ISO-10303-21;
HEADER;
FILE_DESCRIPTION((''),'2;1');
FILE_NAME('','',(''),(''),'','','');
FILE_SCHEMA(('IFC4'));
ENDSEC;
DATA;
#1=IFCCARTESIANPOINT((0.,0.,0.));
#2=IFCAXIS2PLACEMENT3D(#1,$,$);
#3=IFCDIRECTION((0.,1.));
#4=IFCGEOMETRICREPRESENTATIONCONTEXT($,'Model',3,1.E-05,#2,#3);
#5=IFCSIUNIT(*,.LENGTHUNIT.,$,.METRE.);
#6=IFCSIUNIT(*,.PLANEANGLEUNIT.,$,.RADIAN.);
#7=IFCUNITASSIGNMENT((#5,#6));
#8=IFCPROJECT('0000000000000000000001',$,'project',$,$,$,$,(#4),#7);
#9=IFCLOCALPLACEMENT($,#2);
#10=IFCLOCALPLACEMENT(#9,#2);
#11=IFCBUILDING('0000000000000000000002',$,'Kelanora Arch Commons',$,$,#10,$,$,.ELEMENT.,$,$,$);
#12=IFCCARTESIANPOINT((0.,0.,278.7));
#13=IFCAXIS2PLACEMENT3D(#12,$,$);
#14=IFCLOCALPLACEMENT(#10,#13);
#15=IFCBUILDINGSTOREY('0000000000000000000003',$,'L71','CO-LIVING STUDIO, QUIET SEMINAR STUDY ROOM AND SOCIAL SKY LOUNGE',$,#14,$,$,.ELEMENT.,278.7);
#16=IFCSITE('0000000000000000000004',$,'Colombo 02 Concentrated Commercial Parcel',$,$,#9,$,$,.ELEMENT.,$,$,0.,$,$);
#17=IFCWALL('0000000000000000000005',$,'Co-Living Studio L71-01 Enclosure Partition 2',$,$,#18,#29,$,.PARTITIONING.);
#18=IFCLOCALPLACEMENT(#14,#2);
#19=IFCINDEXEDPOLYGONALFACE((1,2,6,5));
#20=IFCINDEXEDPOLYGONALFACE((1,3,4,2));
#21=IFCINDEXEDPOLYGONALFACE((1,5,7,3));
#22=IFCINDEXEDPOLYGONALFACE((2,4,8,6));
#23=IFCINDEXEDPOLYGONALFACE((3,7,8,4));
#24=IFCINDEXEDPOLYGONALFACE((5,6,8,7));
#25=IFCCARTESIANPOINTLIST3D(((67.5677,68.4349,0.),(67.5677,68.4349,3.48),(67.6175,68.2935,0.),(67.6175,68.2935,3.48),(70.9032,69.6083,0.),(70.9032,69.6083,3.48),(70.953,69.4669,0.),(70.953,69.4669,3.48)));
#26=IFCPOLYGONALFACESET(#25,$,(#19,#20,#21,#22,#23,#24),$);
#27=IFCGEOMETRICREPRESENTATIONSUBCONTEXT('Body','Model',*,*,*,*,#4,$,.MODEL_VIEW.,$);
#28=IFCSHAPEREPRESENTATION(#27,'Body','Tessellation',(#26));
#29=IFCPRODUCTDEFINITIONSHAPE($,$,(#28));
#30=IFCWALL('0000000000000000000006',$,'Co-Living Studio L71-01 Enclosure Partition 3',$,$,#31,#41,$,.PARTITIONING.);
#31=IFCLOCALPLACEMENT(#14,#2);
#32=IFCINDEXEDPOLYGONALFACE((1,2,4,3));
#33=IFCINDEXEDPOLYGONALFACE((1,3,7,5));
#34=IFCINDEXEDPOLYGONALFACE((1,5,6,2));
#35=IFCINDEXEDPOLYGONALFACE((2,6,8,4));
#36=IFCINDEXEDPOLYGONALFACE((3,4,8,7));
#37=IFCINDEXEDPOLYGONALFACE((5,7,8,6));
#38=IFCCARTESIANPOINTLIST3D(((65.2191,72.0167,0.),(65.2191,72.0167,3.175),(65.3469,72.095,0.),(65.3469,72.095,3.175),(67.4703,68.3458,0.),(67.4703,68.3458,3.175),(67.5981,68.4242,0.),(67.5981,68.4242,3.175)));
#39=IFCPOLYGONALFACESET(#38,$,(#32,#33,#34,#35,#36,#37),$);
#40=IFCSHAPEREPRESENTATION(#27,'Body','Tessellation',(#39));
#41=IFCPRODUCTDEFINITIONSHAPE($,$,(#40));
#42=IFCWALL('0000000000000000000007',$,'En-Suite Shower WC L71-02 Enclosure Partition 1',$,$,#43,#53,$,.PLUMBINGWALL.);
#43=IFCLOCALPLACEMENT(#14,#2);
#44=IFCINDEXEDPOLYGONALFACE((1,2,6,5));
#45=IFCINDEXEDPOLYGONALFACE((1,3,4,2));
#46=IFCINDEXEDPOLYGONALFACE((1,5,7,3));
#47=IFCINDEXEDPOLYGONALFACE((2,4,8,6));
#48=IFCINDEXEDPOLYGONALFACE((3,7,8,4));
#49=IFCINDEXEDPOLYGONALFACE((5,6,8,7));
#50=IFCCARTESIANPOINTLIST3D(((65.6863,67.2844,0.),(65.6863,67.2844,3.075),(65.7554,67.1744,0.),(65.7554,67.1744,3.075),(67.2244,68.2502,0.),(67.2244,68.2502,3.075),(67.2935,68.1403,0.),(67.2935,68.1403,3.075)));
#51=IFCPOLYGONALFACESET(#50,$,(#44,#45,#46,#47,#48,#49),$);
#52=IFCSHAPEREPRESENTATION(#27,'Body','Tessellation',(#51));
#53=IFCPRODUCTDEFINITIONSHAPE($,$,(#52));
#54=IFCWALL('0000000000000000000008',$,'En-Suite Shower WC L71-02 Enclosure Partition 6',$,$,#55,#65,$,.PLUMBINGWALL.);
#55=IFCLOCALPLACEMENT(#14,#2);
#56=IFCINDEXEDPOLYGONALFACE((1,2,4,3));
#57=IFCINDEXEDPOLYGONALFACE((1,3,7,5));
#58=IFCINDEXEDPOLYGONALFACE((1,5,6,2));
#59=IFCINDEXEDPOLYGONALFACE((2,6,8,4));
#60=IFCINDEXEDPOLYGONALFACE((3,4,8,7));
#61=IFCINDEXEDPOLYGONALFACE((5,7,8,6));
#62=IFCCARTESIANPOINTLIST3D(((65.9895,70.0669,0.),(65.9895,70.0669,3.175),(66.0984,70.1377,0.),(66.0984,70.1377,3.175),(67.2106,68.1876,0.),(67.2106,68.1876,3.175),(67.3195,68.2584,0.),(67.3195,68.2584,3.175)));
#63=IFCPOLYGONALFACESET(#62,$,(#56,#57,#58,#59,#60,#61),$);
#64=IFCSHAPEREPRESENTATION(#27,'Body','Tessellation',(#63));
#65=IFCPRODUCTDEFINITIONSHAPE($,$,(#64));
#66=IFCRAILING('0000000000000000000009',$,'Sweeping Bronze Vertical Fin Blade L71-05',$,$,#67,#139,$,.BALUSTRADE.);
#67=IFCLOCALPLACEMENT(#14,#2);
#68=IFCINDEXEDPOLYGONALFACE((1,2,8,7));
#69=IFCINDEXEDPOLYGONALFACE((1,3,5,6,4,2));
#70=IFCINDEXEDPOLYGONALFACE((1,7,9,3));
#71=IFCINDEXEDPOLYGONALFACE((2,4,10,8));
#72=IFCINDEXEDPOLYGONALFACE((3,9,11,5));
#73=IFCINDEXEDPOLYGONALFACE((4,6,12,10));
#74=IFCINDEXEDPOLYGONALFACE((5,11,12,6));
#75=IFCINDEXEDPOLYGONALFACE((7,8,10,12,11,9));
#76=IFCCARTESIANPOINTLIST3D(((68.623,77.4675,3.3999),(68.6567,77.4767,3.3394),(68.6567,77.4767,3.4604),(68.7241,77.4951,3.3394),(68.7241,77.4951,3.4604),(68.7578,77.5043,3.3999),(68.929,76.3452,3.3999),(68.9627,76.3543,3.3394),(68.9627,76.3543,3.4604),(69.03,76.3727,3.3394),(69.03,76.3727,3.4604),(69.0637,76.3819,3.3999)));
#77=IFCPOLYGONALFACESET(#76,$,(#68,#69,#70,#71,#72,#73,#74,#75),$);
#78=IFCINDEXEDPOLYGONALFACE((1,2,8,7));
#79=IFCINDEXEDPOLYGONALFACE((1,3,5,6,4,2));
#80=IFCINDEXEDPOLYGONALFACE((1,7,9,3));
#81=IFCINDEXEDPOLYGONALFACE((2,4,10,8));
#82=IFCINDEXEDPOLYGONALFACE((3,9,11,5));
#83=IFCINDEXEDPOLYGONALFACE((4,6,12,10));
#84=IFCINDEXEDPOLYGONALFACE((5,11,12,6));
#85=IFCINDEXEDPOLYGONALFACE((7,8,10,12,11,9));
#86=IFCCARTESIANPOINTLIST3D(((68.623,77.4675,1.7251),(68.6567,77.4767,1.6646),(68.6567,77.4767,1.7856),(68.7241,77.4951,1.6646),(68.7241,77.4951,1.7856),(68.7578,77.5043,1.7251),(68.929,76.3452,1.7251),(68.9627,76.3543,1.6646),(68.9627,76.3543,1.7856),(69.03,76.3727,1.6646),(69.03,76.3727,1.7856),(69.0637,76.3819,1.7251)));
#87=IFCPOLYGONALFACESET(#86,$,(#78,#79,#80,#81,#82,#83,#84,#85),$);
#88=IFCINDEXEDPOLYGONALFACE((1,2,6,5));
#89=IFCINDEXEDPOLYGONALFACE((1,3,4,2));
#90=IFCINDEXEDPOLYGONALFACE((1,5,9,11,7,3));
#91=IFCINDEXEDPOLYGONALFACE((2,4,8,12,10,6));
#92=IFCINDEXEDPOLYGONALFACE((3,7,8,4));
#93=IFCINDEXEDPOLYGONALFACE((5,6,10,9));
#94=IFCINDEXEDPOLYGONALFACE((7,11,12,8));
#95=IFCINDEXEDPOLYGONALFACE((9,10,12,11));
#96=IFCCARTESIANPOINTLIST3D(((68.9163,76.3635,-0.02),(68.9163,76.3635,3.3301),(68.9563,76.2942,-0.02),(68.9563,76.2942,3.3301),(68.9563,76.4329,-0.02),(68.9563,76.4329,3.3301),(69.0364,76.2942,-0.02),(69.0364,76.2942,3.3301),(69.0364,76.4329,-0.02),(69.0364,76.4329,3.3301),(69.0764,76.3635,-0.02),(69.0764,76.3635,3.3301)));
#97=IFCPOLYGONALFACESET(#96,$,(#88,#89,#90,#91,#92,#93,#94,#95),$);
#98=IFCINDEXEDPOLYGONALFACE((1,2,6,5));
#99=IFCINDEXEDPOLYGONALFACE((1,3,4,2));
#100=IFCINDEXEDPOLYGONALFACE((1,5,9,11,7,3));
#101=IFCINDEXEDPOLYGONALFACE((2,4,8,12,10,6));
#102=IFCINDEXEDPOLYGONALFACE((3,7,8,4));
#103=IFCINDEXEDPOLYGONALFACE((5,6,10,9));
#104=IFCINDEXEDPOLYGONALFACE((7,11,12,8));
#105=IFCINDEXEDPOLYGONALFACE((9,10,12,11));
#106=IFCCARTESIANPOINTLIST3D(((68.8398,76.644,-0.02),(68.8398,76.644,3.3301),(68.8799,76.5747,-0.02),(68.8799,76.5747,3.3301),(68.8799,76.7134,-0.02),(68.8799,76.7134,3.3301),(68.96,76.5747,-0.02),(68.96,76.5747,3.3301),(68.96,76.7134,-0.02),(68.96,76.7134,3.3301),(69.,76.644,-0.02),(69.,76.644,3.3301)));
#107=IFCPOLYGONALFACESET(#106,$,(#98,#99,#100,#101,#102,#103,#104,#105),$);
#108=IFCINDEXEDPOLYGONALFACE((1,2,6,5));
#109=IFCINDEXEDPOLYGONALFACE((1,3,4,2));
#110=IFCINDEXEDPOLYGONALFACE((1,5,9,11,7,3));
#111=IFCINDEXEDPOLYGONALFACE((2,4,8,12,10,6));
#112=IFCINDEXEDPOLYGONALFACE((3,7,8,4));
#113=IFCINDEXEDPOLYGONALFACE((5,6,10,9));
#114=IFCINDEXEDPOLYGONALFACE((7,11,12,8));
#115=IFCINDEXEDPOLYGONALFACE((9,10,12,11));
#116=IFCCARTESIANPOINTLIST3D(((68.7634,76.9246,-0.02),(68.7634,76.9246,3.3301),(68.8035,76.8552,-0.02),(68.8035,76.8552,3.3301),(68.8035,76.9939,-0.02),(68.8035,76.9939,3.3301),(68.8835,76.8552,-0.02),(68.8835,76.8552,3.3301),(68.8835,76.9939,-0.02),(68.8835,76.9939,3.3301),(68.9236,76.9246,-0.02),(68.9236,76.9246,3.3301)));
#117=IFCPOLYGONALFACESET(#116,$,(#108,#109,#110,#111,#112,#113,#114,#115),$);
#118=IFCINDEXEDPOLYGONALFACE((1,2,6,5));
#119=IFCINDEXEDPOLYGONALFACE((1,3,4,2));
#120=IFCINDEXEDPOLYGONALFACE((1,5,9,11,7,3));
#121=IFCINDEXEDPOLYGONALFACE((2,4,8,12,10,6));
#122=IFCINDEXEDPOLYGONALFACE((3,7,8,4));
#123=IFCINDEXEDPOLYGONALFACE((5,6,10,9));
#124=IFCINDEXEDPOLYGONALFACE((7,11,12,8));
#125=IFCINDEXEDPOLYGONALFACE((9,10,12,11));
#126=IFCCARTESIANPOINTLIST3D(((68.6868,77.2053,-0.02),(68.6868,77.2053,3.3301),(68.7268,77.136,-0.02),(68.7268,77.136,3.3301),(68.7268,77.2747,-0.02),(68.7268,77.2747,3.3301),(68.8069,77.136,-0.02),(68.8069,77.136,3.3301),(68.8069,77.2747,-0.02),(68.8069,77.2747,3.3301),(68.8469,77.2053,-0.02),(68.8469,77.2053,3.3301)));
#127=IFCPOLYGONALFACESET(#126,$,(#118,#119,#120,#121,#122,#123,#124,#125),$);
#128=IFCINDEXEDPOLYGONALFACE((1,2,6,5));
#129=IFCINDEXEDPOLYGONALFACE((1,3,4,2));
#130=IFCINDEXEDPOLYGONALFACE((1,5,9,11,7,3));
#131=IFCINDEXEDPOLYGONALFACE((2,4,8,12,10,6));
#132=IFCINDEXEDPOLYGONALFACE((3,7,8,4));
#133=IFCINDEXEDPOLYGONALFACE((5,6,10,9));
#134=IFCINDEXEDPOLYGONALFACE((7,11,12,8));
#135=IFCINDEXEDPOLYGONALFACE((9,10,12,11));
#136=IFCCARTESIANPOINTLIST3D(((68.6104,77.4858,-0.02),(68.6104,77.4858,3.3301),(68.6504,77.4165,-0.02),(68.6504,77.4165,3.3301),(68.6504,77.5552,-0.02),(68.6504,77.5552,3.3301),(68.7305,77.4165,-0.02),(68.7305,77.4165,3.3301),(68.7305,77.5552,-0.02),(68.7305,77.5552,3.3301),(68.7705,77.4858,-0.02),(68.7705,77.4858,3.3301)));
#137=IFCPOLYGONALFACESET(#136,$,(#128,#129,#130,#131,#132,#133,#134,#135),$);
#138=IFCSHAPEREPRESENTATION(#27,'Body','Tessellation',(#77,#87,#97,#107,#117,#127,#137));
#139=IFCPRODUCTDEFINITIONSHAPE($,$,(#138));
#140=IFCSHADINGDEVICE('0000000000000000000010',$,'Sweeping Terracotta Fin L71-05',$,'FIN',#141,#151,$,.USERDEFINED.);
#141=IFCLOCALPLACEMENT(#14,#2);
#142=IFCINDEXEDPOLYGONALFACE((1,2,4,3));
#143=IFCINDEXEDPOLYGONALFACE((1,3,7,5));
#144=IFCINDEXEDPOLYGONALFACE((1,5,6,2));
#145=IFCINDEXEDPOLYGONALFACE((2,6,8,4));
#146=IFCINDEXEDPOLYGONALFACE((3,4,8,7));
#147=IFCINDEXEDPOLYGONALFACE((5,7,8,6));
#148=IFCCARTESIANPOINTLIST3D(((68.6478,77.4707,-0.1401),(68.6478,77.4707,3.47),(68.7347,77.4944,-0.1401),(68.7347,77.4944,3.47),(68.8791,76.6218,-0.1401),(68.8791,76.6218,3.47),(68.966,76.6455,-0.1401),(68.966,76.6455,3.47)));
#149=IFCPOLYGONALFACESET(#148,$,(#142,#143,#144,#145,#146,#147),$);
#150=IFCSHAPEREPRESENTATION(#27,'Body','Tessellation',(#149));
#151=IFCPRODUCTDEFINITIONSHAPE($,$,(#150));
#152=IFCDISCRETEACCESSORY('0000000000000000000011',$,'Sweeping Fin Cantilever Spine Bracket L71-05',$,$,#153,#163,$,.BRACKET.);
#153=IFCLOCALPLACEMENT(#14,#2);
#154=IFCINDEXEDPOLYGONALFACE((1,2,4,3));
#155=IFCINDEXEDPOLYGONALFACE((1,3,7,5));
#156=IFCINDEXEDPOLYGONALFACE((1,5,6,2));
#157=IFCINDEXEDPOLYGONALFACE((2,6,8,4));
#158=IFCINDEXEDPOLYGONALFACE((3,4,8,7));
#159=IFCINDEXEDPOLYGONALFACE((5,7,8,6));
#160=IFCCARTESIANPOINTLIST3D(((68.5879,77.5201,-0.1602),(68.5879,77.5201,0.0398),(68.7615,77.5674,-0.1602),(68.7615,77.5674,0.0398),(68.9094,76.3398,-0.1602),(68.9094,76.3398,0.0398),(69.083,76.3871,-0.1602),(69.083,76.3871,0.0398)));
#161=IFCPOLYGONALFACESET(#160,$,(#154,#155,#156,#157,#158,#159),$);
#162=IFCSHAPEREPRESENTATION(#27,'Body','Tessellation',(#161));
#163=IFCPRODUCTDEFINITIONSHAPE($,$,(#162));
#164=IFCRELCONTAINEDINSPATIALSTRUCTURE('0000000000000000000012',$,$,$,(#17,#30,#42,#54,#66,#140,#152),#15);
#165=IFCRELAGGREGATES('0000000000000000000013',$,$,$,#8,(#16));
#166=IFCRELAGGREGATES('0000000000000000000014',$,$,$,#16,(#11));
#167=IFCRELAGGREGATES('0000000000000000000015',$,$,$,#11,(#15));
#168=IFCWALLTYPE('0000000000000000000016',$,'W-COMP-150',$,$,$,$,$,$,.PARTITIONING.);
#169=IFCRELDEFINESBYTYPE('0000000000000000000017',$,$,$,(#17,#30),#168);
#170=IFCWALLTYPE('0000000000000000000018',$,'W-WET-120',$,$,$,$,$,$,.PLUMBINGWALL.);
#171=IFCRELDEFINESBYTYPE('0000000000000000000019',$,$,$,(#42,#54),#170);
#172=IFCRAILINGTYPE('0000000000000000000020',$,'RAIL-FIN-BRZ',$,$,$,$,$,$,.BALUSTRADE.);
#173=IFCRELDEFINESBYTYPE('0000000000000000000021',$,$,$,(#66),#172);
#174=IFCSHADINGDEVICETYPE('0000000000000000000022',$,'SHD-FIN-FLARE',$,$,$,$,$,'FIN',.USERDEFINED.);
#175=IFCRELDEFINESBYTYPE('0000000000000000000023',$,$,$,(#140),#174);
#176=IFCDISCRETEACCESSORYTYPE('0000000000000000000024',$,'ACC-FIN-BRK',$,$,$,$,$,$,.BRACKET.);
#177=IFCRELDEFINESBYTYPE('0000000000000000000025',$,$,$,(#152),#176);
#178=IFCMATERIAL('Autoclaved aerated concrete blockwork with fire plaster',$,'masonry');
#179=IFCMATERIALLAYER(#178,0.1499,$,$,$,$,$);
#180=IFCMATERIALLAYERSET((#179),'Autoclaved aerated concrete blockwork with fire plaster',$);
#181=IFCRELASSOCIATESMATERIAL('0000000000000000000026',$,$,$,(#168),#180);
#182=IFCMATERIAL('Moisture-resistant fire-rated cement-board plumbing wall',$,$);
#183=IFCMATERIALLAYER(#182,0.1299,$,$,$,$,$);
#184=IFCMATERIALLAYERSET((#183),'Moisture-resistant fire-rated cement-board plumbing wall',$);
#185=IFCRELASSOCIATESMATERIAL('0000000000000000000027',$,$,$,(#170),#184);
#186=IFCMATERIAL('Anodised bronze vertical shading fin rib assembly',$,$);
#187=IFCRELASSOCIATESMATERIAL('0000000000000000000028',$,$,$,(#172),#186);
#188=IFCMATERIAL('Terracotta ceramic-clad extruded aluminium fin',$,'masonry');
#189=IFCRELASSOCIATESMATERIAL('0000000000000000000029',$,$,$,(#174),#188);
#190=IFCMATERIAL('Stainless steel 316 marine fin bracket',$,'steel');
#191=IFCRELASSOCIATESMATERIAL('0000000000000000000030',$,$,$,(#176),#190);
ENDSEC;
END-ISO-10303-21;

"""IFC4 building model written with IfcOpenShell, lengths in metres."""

from ifc_helpers import new_model, si_unit, direction, frame, frame_2d, origin, origin_2d, place, context, subcontext, project, spatial, polyline, rectangle, outline, extrude, source, transform, mapped, material, layer, layer_set, type_object, element, save


model = new_model("IFC4")

# Units and contexts
model_context = context("Model", 3, precision=1e-05, world=origin(), true_north=direction((0.0, 1.0)))
body_context = subcontext(model_context, "Body", "Model", "MODEL_VIEW")
ifc_project = project(units=[si_unit("LENGTHUNIT", "METRE"), si_unit("PLANEANGLEUNIT", "RADIAN")], contexts=[model_context])

# Site, building, storey
site_placement = place(None, origin())
site = spatial("IfcSite", under=ifc_project, at=site_placement, Name="Colombo 02 Concentrated Commercial Parcel", CompositionType="ELEMENT", RefElevation=0.0)
building_placement = place(site_placement, origin())
building = spatial("IfcBuilding", under=site, at=building_placement, Name="Kelanora Arch Commons", CompositionType="ELEMENT")
storey_placement = place(building_placement, frame((0.0, 0.0, 278.7)))
storey = spatial("IfcBuildingStorey", under=building, at=storey_placement, Name="L71", Description="CO-LIVING STUDIO, QUIET SEMINAR STUDY ROOM AND SOCIAL SKY LOUNGE", CompositionType="ELEMENT", Elevation=278.7)

# Walls
ifc_material_1 = material(Name="Autoclaved aerated concrete blockwork with fire plaster", Category="masonry")
ifc_layer_1 = layer(ifc_material_1, 0.1499)
ifc_layer_set_1 = layer_set([ifc_layer_1], Name="Autoclaved aerated concrete blockwork with fire plaster")
wall_type_1 = type_object("IfcWallType", Name="W-COMP-150", PredefinedType="PARTITIONING", material=ifc_layer_set_1)
wall_1_placement = place(storey_placement, frame((70.9282, 69.5376, 0.0), z_axis=(0.0, 0.0, 1.0), x_axis=(-0.943334, -0.331845, 0.0)))
element("IfcWall", 1, at=wall_1_placement, inside=storey, type_object=wall_type_1, Name="Co-Living Studio L71-01 Enclosure Partition 2", PredefinedType="PARTITIONING", context=body_context, shape_type="SweptSolid", body=[
    extrude(rectangle(XDim=3.5359, YDim=0.1499, at=frame_2d((1.7681, 0.0))), origin(), (0.0, 0.0, 1.0), 3.48),
])
wall_2_placement = place(storey_placement, frame((67.5342, 68.385, 0.0), z_axis=(0.0, 0.0, 1.0), x_axis=(-0.522784, 0.852465, 0.0)))
element("IfcWall", 2, at=wall_2_placement, inside=storey, type_object=wall_type_1, Name="Co-Living Studio L71-01 Enclosure Partition 3", PredefinedType="PARTITIONING", context=body_context, shape_type="SweptSolid", body=[
    extrude(rectangle(XDim=4.3062, YDim=0.1499, at=frame_2d((2.1531, 0.0))), origin(), (0.0, 0.0, 1.0), 3.175),
])
ifc_material_2 = material(Name="Moisture-resistant fire-rated cement-board plumbing wall")
ifc_layer_2 = layer(ifc_material_2, 0.1299)
ifc_layer_set_2 = layer_set([ifc_layer_2], Name="Moisture-resistant fire-rated cement-board plumbing wall")
wall_type_2 = type_object("IfcWallType", Name="W-WET-120", PredefinedType="PLUMBINGWALL", material=ifc_layer_set_2)
wall_3_placement = place(storey_placement, frame((67.259, 68.1953, 0.0), z_axis=(0.0, 0.0, 1.0), x_axis=(-0.846879, -0.531786, 0.0)))
element("IfcWall", 3, at=wall_3_placement, inside=storey, type_object=wall_type_2, Name="En-Suite Shower WC L71-02 Enclosure Partition 1", PredefinedType="PLUMBINGWALL", context=body_context, shape_type="SweptSolid", body=[
    extrude(rectangle(XDim=1.8162, YDim=0.1299, at=frame_2d((0.9082, 0.0))), origin(), (0.0, 0.0, 1.0), 3.075),
])
wall_4_placement = place(storey_placement, frame((66.0439, 70.1023, 0.0), z_axis=(0.0, 0.0, 1.0), x_axis=(0.544858, -0.838528, 0.0)))
element("IfcWall", 4, at=wall_4_placement, inside=storey, type_object=wall_type_2, Name="En-Suite Shower WC L71-02 Enclosure Partition 6", PredefinedType="PLUMBINGWALL", context=body_context, shape_type="SweptSolid", body=[
    extrude(rectangle(XDim=2.2412, YDim=0.1299, at=frame_2d((1.1206, 0.0))), origin(), (0.0, 0.0, 1.0), 3.175),
])

# Railing
ifc_material_3 = material(Name="Anodised bronze vertical shading fin rib assembly")
railing_type = type_object("IfcRailingType", Name="RAIL-FIN-BRZ", PredefinedType="BALUSTRADE", material=ifc_material_3)
railing_placement = place(storey_placement, frame((68.9963, 76.3635, -0.02)))
element("IfcRailing", 5, at=railing_placement, inside=storey, type_object=railing_type, Name="Sweeping Bronze Vertical Fin Blade L71-05", PredefinedType="BALUSTRADE", context=body_context, shape_type="SweptSolid", body=[
    extrude(outline(polyline([(0.0698, 0.0), (0.0349, 0.0605), (-0.0349, 0.0605), (-0.0698, 0.0), (-0.0349, -0.0605), (0.0349, -0.0605), (0.0698, 0.0)])), frame((0.0, 0.0, 3.4199), z_axis=(-0.262975, 0.964803, 0.0), x_axis=(-0.964803, -0.262975, 0.0)), (0.0, 0.0, 1.0), 1.1633),
    extrude(outline(polyline([(0.0698, 0.0), (0.0349, 0.0605), (-0.0349, 0.0605), (-0.0698, 0.0), (-0.0349, -0.0605), (0.0349, -0.0605), (0.0698, 0.0)])), frame((0.0, 0.0, 1.7451), z_axis=(-0.262975, 0.964803, 0.0), x_axis=(-0.964803, -0.262975, 0.0)), (0.0, 0.0, 1.0), 1.1633),
    extrude(outline(polyline([(0.0801, 0.0), (0.04, 0.0693), (-0.04, 0.0693), (-0.0801, 0.0), (-0.04, -0.0693), (0.04, -0.0693), (0.0801, 0.0)])), origin(), (0.0, 0.0, 1.0), 3.3501),
    extrude(outline(polyline([(0.0801, 0.0), (0.04, 0.0693), (-0.04, 0.0693), (-0.0801, 0.0), (-0.04, -0.0693), (0.04, -0.0693), (0.0801, 0.0)])), frame((-0.0764, 0.2805, 0.0)), (0.0, 0.0, 1.0), 3.3501),
    extrude(outline(polyline([(0.0801, 0.0), (0.04, 0.0693), (-0.04, 0.0693), (-0.0801, 0.0), (-0.04, -0.0693), (0.04, -0.0693), (0.0801, 0.0)])), frame((-0.1528, 0.561, 0.0)), (0.0, 0.0, 1.0), 3.3501),
    extrude(outline(polyline([(0.0801, 0.0), (0.04, 0.0693), (-0.04, 0.0693), (-0.0801, 0.0), (-0.04, -0.0693), (0.04, -0.0693), (0.0801, 0.0)])), frame((-0.2295, 0.8418, 0.0)), (0.0, 0.0, 1.0), 3.3501),
    extrude(outline(polyline([(0.0801, 0.0), (0.04, 0.0693), (-0.04, 0.0693), (-0.0801, 0.0), (-0.04, -0.0693), (0.04, -0.0693), (0.0801, 0.0)])), frame((-0.3059, 1.1223, 0.0)), (0.0, 0.0, 1.0), 3.3501),
])

# Shading device
ifc_material_4 = material(Name="Terracotta ceramic-clad extruded aluminium fin", Category="masonry")
shading_device_type = type_object("IfcShadingDeviceType", Name="SHD-FIN-FLARE", ElementType="FIN", PredefinedType="USERDEFINED", material=ifc_material_4)
shared_shape_1 = source(origin(), body_context, "Body", "SweptSolid", [
    extrude(rectangle(XDim=0.8799, YDim=0.0901, at=origin_2d()), origin(), (0.0, 0.0, 1.0), 3.6101),
])
shading_device_placement = place(storey_placement, frame((68.8069, 77.0581, -0.1401), z_axis=(0.0, 0.0, 1.0), x_axis=(-0.262863, 0.964833, 0.0)))
element("IfcShadingDevice", 6, at=shading_device_placement, inside=storey, type_object=shading_device_type, Name="Sweeping Terracotta Fin L71-05", ObjectType="FIN", PredefinedType="USERDEFINED", context=body_context, shape_type="MappedRepresentation", body=[
    mapped(shared_shape_1, transform((0.0, 0.0, 0.0), scale=1.0)),
])

# Discrete accessory
ifc_material_5 = material(Name="Stainless steel 316 marine fin bracket", Category="steel")
discrete_accessory_type = type_object("IfcDiscreteAccessoryType", Name="ACC-FIN-BRK", PredefinedType="BRACKET", material=ifc_material_5)
shared_shape_2 = source(origin(), body_context, "Body", "SweptSolid", [
    extrude(rectangle(XDim=1.2234, YDim=0.1799, at=origin_2d()), origin(), (0.0, 0.0, 1.0), 0.2),
])
discrete_accessory_placement = place(storey_placement, frame((68.8354, 76.9536, -0.1602), z_axis=(0.0, 0.0, 1.0), x_axis=(-0.262863, 0.964833, 0.0)))
element("IfcDiscreteAccessory", 7, at=discrete_accessory_placement, inside=storey, type_object=discrete_accessory_type, Name="Sweeping Fin Cantilever Spine Bracket L71-05", PredefinedType="BRACKET", context=body_context, shape_type="MappedRepresentation", body=[
    mapped(shared_shape_2, transform((0.0, 0.0, 0.0), scale=1.0)),
])

save(model, "model.ifc")
